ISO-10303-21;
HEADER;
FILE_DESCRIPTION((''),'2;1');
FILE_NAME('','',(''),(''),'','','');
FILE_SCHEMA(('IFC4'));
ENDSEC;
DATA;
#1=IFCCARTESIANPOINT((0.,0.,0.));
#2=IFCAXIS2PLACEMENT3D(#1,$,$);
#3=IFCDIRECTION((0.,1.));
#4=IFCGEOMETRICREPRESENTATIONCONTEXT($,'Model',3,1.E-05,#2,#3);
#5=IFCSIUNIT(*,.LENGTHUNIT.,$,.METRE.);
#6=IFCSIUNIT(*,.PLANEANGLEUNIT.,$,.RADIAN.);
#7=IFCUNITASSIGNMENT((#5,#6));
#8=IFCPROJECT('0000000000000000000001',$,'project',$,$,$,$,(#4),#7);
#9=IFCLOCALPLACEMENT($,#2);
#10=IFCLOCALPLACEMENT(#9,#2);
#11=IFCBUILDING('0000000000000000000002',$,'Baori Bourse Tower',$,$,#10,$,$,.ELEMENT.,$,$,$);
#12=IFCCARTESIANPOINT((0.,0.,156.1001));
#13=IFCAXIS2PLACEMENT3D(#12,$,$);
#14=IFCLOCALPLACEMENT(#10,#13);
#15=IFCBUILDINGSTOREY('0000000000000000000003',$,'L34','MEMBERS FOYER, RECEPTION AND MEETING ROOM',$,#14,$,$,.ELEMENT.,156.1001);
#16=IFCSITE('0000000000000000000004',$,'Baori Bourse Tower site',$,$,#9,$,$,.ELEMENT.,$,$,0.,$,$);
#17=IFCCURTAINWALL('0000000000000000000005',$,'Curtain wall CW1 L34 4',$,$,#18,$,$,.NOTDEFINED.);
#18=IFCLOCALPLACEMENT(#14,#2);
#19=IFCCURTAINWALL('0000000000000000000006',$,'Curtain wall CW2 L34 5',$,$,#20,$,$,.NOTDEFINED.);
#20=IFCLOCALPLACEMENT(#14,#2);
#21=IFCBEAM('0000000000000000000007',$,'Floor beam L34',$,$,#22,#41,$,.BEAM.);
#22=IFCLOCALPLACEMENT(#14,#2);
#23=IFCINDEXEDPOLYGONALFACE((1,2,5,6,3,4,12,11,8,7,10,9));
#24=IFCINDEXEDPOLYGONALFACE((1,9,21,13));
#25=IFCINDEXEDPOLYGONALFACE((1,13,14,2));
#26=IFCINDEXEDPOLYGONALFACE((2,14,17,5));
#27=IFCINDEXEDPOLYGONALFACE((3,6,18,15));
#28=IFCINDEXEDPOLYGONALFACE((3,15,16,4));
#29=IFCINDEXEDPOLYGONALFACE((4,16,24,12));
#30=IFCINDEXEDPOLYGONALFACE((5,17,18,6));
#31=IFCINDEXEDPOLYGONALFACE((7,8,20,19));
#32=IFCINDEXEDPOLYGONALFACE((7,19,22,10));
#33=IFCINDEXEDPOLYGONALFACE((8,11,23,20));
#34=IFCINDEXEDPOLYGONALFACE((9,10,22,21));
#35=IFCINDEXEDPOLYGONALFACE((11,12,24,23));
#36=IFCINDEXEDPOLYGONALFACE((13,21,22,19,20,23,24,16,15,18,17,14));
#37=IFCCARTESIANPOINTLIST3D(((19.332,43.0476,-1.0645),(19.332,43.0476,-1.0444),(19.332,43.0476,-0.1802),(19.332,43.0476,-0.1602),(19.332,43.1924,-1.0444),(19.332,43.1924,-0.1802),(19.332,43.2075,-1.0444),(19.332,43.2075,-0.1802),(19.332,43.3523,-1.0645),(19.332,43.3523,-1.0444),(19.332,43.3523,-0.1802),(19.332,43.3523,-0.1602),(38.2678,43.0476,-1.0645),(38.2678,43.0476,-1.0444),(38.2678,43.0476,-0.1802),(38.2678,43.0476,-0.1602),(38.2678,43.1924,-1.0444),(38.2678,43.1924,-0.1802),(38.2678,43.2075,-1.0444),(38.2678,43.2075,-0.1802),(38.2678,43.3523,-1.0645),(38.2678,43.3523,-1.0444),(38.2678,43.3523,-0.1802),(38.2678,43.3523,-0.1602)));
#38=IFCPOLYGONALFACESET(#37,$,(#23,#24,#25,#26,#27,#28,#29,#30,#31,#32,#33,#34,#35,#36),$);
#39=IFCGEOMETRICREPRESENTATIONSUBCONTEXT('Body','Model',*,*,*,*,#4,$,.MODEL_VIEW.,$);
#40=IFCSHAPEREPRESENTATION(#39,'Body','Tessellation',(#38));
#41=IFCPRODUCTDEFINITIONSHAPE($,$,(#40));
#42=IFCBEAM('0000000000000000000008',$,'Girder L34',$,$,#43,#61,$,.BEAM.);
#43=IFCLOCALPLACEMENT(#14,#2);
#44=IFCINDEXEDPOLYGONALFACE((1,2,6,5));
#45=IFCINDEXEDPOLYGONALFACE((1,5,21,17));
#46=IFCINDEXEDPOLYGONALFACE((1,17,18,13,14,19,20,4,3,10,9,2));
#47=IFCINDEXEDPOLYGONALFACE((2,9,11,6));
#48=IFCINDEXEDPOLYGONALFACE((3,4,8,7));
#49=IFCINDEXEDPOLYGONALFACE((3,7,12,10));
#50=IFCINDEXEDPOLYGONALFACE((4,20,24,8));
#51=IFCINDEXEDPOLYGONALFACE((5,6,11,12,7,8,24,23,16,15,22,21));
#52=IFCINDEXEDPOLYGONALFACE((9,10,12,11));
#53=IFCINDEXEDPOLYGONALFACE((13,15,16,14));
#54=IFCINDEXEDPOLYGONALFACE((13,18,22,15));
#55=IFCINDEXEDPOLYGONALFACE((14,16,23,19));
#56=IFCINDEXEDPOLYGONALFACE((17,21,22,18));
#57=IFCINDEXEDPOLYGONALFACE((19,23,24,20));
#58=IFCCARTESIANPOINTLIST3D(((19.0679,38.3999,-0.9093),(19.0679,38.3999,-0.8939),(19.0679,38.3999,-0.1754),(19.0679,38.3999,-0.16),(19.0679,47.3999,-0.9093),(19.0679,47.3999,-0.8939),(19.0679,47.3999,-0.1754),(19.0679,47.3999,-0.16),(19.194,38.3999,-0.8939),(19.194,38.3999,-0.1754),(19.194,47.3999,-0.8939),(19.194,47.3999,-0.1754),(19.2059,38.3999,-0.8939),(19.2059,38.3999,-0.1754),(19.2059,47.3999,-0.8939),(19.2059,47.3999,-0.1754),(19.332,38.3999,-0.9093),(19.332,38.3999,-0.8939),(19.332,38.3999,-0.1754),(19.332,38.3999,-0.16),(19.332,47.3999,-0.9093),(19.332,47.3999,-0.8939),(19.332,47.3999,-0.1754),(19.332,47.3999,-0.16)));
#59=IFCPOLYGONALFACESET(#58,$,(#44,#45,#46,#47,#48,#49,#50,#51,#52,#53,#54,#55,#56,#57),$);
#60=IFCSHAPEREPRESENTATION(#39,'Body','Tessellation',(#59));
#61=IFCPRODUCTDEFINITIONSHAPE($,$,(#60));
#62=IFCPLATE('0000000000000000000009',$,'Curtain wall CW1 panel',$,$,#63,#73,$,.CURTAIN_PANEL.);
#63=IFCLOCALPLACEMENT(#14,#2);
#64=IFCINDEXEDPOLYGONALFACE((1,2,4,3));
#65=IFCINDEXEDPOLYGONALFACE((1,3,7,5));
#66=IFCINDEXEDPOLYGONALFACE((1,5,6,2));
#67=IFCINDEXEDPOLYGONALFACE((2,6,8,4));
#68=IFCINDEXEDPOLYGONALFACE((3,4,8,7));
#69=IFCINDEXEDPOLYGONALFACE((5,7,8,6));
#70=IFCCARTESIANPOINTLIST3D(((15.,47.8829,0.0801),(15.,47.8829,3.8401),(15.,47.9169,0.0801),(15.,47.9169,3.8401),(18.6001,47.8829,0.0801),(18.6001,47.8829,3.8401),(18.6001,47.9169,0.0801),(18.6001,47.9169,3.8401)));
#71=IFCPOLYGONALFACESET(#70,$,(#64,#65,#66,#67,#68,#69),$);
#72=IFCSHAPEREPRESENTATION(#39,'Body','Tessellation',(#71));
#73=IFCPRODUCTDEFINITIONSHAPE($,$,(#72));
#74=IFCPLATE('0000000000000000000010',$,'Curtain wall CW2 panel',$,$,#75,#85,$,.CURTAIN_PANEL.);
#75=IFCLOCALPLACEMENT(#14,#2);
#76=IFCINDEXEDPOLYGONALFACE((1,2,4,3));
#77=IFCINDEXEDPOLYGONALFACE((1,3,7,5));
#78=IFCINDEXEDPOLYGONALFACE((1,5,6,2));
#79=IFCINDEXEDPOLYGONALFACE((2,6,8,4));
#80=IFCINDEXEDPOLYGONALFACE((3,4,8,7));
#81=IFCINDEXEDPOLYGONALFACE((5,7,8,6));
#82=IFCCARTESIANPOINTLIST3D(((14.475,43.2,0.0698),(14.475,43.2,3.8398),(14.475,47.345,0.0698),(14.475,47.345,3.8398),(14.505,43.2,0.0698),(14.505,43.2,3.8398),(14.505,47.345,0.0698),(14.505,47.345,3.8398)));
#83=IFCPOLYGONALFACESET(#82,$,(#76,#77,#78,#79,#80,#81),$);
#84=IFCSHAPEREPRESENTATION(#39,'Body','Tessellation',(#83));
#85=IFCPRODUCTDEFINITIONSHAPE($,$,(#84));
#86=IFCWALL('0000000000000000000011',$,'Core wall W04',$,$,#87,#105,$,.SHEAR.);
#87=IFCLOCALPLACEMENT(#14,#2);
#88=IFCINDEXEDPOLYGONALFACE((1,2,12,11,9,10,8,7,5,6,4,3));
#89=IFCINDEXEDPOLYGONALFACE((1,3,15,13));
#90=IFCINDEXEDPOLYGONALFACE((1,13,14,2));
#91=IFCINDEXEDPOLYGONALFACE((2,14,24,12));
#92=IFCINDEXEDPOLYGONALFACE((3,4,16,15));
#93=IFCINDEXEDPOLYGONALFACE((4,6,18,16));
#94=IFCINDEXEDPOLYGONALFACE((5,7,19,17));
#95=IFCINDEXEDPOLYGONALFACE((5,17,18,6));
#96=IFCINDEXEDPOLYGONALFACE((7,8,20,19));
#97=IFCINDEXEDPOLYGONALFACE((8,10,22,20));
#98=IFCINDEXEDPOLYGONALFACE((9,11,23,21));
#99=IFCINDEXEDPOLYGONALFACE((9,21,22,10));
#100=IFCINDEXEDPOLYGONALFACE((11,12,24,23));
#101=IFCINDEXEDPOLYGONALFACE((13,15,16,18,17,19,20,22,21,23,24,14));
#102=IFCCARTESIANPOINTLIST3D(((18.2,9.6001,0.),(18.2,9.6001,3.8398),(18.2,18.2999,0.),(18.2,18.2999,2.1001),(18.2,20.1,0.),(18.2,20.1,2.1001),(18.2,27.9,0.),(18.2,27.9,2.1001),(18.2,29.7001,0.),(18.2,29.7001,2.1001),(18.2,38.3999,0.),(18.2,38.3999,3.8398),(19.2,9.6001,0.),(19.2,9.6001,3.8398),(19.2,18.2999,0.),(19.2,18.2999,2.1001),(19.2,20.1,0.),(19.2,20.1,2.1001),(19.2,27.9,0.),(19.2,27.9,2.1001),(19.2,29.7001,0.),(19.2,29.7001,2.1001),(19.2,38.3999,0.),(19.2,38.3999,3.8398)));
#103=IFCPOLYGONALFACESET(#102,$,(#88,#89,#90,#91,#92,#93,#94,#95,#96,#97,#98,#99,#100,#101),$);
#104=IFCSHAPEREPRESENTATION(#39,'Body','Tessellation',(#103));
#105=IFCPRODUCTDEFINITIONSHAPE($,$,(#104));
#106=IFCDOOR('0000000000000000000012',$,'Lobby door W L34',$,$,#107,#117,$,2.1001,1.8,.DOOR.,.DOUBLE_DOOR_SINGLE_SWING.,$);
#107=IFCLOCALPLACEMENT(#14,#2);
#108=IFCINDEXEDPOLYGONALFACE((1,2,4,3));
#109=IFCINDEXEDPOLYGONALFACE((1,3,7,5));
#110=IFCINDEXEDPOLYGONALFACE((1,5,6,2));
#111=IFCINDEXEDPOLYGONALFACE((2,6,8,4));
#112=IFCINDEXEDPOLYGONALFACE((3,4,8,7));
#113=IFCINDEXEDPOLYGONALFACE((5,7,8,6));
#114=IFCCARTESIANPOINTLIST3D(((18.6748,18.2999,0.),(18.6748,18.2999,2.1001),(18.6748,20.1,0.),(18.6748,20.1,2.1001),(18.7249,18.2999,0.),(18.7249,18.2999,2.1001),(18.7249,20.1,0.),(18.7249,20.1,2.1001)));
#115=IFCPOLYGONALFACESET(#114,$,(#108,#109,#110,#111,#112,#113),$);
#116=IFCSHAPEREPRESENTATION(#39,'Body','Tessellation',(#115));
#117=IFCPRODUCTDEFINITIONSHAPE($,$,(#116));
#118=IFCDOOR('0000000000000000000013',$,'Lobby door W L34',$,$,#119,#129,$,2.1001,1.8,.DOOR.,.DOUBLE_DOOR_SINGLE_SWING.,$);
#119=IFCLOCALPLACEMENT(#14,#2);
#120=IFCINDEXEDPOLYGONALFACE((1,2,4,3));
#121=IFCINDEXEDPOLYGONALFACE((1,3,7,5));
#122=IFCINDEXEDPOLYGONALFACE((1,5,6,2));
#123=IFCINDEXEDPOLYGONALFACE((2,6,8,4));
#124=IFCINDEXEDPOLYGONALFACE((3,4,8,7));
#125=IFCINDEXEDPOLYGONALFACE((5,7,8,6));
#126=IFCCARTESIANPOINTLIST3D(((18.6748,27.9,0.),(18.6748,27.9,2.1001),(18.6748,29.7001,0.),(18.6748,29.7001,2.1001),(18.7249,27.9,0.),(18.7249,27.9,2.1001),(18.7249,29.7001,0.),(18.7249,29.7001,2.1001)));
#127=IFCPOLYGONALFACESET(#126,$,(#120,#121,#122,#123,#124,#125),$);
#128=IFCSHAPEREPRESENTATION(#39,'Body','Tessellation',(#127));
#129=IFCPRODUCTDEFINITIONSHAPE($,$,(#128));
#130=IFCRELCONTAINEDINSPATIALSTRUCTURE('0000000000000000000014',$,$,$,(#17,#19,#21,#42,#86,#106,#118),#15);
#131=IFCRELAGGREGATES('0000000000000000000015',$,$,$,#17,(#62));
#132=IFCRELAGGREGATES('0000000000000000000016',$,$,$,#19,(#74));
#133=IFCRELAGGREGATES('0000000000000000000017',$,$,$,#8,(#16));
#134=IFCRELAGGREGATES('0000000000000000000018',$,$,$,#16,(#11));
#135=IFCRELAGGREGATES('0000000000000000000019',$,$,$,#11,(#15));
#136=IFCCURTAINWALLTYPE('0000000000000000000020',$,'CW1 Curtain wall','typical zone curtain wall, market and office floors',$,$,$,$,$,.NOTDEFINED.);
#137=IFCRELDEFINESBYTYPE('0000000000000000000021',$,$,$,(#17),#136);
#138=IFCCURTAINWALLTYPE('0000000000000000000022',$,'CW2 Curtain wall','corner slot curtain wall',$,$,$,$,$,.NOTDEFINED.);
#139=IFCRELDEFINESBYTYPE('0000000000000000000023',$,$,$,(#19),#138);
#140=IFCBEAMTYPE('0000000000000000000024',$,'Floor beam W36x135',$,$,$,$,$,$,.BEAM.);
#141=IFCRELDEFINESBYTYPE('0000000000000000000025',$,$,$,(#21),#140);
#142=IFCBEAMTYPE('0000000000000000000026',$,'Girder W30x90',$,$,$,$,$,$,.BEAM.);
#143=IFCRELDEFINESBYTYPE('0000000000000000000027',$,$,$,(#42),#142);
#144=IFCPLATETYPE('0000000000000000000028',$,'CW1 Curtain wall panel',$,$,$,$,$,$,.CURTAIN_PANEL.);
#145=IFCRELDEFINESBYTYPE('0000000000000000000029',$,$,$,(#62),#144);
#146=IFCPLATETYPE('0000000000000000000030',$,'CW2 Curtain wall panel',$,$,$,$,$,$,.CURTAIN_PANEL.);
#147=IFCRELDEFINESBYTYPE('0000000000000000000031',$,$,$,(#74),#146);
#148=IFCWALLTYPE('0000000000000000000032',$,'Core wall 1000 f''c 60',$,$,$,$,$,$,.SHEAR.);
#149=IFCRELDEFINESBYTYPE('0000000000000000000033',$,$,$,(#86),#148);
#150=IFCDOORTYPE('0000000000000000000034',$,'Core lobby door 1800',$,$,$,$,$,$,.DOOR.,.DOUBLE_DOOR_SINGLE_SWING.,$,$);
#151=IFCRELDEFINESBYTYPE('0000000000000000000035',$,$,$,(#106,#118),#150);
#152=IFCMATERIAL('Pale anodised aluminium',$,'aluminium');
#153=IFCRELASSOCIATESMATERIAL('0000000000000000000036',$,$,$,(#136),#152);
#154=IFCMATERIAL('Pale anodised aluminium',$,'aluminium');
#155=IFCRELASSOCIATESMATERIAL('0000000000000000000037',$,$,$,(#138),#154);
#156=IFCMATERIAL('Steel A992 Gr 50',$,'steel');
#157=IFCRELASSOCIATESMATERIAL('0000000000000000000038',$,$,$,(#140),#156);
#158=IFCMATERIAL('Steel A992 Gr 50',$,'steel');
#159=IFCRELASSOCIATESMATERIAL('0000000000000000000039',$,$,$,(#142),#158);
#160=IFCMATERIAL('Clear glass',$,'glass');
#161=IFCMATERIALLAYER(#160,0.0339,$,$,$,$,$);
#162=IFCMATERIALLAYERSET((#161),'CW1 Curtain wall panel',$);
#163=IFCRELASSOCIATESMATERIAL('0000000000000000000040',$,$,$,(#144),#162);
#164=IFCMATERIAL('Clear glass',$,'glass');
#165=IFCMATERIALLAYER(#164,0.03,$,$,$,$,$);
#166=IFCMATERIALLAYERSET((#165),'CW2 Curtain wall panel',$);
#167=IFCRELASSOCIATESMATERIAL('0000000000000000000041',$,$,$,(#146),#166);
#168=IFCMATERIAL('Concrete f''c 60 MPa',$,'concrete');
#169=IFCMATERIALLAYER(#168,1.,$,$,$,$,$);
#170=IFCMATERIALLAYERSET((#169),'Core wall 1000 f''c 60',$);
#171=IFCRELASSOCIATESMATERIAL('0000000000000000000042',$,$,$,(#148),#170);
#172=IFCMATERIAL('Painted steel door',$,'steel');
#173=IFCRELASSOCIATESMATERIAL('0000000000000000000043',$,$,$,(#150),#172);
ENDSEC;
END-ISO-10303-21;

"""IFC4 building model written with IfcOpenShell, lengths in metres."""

from ifc_helpers import new_model, si_unit, direction, frame, frame_2d, origin, origin_2d, place, context, subcontext, project, spatial, rectangle, i_section, extrude, material, layer, layer_set, material_profile, profile_set, type_object, element, fill, aggregate, save


model = new_model("IFC4")

# Units and contexts
model_context = context("Model", 3, precision=1e-05, world=origin(), true_north=direction((0.0, 1.0)))
body_context = subcontext(model_context, "Body", "Model", "MODEL_VIEW")
ifc_project = project(units=[si_unit("LENGTHUNIT", "METRE"), si_unit("PLANEANGLEUNIT", "RADIAN")], contexts=[model_context])

# Site, building, storey
site_placement = place(None, origin())
site = spatial("IfcSite", under=ifc_project, at=site_placement, Name="Baori Bourse Tower site", CompositionType="ELEMENT", RefElevation=0.0)
building_placement = place(site_placement, origin())
building = spatial("IfcBuilding", under=site, at=building_placement, Name="Baori Bourse Tower", CompositionType="ELEMENT")
storey_placement = place(building_placement, frame((0.0, 0.0, 156.1001)))
storey = spatial("IfcBuildingStorey", under=building, at=storey_placement, Name="L34", Description="MEMBERS FOYER, RECEPTION AND MEETING ROOM", CompositionType="ELEMENT", Elevation=156.1001)

# Curtain wall
ifc_material_1 = material(Name="Pale anodised aluminium", Category="aluminium")
curtain_wall_type_1 = type_object("IfcCurtainWallType", Name="CW1 Curtain wall", Description="typical zone curtain wall, market and office floors", PredefinedType="NOTDEFINED", material=ifc_material_1)
curtain_wall_1_placement = place(storey_placement, origin())
curtain_wall_1 = element("IfcCurtainWall", 1, at=curtain_wall_1_placement, inside=storey, type_object=curtain_wall_type_1, Name="Curtain wall CW1 L34 4", PredefinedType="NOTDEFINED")

# Curtain wall
ifc_material_2 = material(Name="Pale anodised aluminium", Category="aluminium")
curtain_wall_type_2 = type_object("IfcCurtainWallType", Name="CW2 Curtain wall", Description="corner slot curtain wall", PredefinedType="NOTDEFINED", material=ifc_material_2)
curtain_wall_2_placement = place(storey_placement, origin())
curtain_wall_2 = element("IfcCurtainWall", 2, at=curtain_wall_2_placement, inside=storey, type_object=curtain_wall_type_2, Name="Curtain wall CW2 L34 5", PredefinedType="NOTDEFINED")

# Beams
ifc_material_3 = material(Name="Steel A992 Gr 50", Category="steel")
ifc_material_profile_1 = material_profile(ifc_material_3, i_section(OverallWidth=0.3047, OverallDepth=0.9043, WebThickness=0.0151, FlangeThickness=0.02, at=origin_2d()), Name="W36x135")
ifc_profile_set_1 = profile_set([ifc_material_profile_1], Name="Steel A992 Gr 50")
beam_type_1 = type_object("IfcBeamType", Name="Floor beam W36x135", PredefinedType="BEAM", material=ifc_profile_set_1)
beam_1_placement = place(storey_placement, frame((19.332, 43.2, -0.6123), z_axis=(1.0, 0.0, 0.0), x_axis=(0.0, 1.0, 0.0)))
element("IfcBeam", 3, at=beam_1_placement, inside=storey, type_object=beam_type_1, Name="Floor beam L34", PredefinedType="BEAM", context=body_context, shape_type="SweptSolid", body=[
    extrude(i_section(OverallWidth=0.3047, OverallDepth=0.9043, WebThickness=0.0151, FlangeThickness=0.02, at=origin_2d()), origin(), (0.0, 0.0, 1.0), 18.9358),
])
ifc_material_4 = material(Name="Steel A992 Gr 50", Category="steel")
ifc_material_profile_2 = material_profile(ifc_material_4, i_section(OverallWidth=0.2642, OverallDepth=0.7493, WebThickness=0.012, FlangeThickness=0.0154, at=origin_2d()), Name="W30x90")
ifc_profile_set_2 = profile_set([ifc_material_profile_2], Name="Steel A992 Gr 50")
beam_type_2 = type_object("IfcBeamType", Name="Girder W30x90", PredefinedType="BEAM", material=ifc_profile_set_2)
beam_2_placement = place(storey_placement, frame((19.2, 38.3999, -0.5347), z_axis=(0.0, 1.0, 0.0), x_axis=(-1.0, 0.0, 0.0)))
element("IfcBeam", 4, at=beam_2_placement, inside=storey, type_object=beam_type_2, Name="Girder L34", PredefinedType="BEAM", context=body_context, shape_type="SweptSolid", body=[
    extrude(i_section(OverallWidth=0.2642, OverallDepth=0.7493, WebThickness=0.012, FlangeThickness=0.0154, at=origin_2d()), origin(), (0.0, 0.0, 1.0), 9.0),
])

# Plates
ifc_material_5 = material(Name="Clear glass", Category="glass")
ifc_layer_1 = layer(ifc_material_5, 0.0339)
ifc_layer_set_1 = layer_set([ifc_layer_1], Name="CW1 Curtain wall panel")
plate_type_1 = type_object("IfcPlateType", Name="CW1 Curtain wall panel", PredefinedType="CURTAIN_PANEL", material=ifc_layer_set_1)
plate_1_placement = place(storey_placement, frame((16.8, 47.8999, 0.0801), z_axis=(0.0, 0.0, 1.0), x_axis=(-1.0, 0.0, 0.0)))
plate_1 = element("IfcPlate", 5, at=plate_1_placement, type_object=plate_type_1, Name="Curtain wall CW1 panel", PredefinedType="CURTAIN_PANEL", context=body_context, shape_type="SweptSolid", body=[
    extrude(rectangle(XDim=3.6001, YDim=0.0339, at=origin_2d()), origin(), (0.0, 0.0, 1.0), 3.76),
])
aggregate(curtain_wall_1, [plate_1])
ifc_material_6 = material(Name="Clear glass", Category="glass")
ifc_layer_2 = layer(ifc_material_6, 0.03)
ifc_layer_set_2 = layer_set([ifc_layer_2], Name="CW2 Curtain wall panel")
plate_type_2 = type_object("IfcPlateType", Name="CW2 Curtain wall panel", PredefinedType="CURTAIN_PANEL", material=ifc_layer_set_2)
plate_2_placement = place(storey_placement, frame((14.49, 45.2725, 0.0698), z_axis=(0.0, 0.0, 1.0), x_axis=(0.0, -1.0, 0.0)))
plate_2 = element("IfcPlate", 6, at=plate_2_placement, type_object=plate_type_2, Name="Curtain wall CW2 panel", PredefinedType="CURTAIN_PANEL", context=body_context, shape_type="SweptSolid", body=[
    extrude(rectangle(XDim=4.145, YDim=0.03, at=origin_2d()), origin(), (0.0, 0.0, 1.0), 3.77),
])
aggregate(curtain_wall_2, [plate_2])

# Wall, openings, doors
ifc_material_7 = material(Name="Concrete f'c 60 MPa", Category="concrete")
ifc_layer_3 = layer(ifc_material_7, 1.0)
ifc_layer_set_3 = layer_set([ifc_layer_3], Name="Core wall 1000 f'c 60")
wall_type_1 = type_object("IfcWallType", Name="Core wall 1000 f'c 60", PredefinedType="SHEAR", material=ifc_layer_set_3)
wall_1_placement = place(storey_placement, frame((18.7, 38.3999, 0.0), z_axis=(0.0, 0.0, 1.0), x_axis=(0.0, -1.0, 0.0)))
wall_1 = element("IfcWall", 7, at=wall_1_placement, inside=storey, type_object=wall_type_1, Name="Core wall W04", PredefinedType="SHEAR", context=body_context, shape_type="SweptSolid", body=[
    extrude(rectangle(XDim=28.7998, YDim=1.0, at=frame_2d((14.3999, 0.0))), origin(), (0.0, 0.0, 1.0), 3.8398),
])
opening_1_placement = place(wall_1_placement, frame((18.3, 0.0, 0.0)))
opening_1 = element("IfcOpeningElement", 8, at=opening_1_placement, cuts=wall_1, PredefinedType="OPENING", context=body_context, shape_type="SweptSolid", body=[
    extrude(rectangle(XDim=1.8, YDim=2.1001, at=frame_2d((0.8999, 1.05))), frame((0.0, 0.51, 0.0), z_axis=(0.0, -1.0, 0.0), x_axis=(1.0, 0.0, 0.0)), (0.0, 0.0, 1.0), 1.02),
])
opening_2_placement = place(wall_1_placement, frame((8.7, 0.0, 0.0)))
opening_2 = element("IfcOpeningElement", 9, at=opening_2_placement, cuts=wall_1, PredefinedType="OPENING", context=body_context, shape_type="SweptSolid", body=[
    extrude(rectangle(XDim=1.8, YDim=2.1001, at=frame_2d((0.8999, 1.05))), frame((0.0, 0.51, 0.0), z_axis=(0.0, -1.0, 0.0), x_axis=(1.0, 0.0, 0.0)), (0.0, 0.0, 1.0), 1.02),
])
ifc_material_8 = material(Name="Painted steel door", Category="steel")
door_type_1 = type_object("IfcDoorType", Name="Core lobby door 1800", OperationType="DOUBLE_DOOR_SINGLE_SWING", PredefinedType="DOOR", material=ifc_material_8)
door_1_placement = place(opening_1_placement, origin())
door_1 = element("IfcDoor", 10, at=door_1_placement, inside=storey, type_object=door_type_1, Name="Lobby door W L34", OperationType="DOUBLE_DOOR_SINGLE_SWING", OverallHeight=2.1001, OverallWidth=1.8, PredefinedType="DOOR", context=body_context, shape_type="SweptSolid", body=[
    extrude(rectangle(XDim=1.8, YDim=2.1001, at=frame_2d((0.8999, 1.05))), frame((0.0, 0.0249, 0.0), z_axis=(0.0, -1.0, 0.0), x_axis=(1.0, 0.0, 0.0)), (0.0, 0.0, 1.0), 0.05),
])
fill(opening_1, door_1)
door_2_placement = place(opening_2_placement, origin())
door_2 = element("IfcDoor", 11, at=door_2_placement, inside=storey, type_object=door_type_1, Name="Lobby door W L34", OperationType="DOUBLE_DOOR_SINGLE_SWING", OverallHeight=2.1001, OverallWidth=1.8, PredefinedType="DOOR", context=body_context, shape_type="SweptSolid", body=[
    extrude(rectangle(XDim=1.8, YDim=2.1001, at=frame_2d((0.8999, 1.05))), frame((0.0, 0.0249, 0.0), z_axis=(0.0, -1.0, 0.0), x_axis=(1.0, 0.0, 0.0)), (0.0, 0.0, 1.0), 0.05),
])
fill(opening_2, door_2)

save(model, "model.ifc")
